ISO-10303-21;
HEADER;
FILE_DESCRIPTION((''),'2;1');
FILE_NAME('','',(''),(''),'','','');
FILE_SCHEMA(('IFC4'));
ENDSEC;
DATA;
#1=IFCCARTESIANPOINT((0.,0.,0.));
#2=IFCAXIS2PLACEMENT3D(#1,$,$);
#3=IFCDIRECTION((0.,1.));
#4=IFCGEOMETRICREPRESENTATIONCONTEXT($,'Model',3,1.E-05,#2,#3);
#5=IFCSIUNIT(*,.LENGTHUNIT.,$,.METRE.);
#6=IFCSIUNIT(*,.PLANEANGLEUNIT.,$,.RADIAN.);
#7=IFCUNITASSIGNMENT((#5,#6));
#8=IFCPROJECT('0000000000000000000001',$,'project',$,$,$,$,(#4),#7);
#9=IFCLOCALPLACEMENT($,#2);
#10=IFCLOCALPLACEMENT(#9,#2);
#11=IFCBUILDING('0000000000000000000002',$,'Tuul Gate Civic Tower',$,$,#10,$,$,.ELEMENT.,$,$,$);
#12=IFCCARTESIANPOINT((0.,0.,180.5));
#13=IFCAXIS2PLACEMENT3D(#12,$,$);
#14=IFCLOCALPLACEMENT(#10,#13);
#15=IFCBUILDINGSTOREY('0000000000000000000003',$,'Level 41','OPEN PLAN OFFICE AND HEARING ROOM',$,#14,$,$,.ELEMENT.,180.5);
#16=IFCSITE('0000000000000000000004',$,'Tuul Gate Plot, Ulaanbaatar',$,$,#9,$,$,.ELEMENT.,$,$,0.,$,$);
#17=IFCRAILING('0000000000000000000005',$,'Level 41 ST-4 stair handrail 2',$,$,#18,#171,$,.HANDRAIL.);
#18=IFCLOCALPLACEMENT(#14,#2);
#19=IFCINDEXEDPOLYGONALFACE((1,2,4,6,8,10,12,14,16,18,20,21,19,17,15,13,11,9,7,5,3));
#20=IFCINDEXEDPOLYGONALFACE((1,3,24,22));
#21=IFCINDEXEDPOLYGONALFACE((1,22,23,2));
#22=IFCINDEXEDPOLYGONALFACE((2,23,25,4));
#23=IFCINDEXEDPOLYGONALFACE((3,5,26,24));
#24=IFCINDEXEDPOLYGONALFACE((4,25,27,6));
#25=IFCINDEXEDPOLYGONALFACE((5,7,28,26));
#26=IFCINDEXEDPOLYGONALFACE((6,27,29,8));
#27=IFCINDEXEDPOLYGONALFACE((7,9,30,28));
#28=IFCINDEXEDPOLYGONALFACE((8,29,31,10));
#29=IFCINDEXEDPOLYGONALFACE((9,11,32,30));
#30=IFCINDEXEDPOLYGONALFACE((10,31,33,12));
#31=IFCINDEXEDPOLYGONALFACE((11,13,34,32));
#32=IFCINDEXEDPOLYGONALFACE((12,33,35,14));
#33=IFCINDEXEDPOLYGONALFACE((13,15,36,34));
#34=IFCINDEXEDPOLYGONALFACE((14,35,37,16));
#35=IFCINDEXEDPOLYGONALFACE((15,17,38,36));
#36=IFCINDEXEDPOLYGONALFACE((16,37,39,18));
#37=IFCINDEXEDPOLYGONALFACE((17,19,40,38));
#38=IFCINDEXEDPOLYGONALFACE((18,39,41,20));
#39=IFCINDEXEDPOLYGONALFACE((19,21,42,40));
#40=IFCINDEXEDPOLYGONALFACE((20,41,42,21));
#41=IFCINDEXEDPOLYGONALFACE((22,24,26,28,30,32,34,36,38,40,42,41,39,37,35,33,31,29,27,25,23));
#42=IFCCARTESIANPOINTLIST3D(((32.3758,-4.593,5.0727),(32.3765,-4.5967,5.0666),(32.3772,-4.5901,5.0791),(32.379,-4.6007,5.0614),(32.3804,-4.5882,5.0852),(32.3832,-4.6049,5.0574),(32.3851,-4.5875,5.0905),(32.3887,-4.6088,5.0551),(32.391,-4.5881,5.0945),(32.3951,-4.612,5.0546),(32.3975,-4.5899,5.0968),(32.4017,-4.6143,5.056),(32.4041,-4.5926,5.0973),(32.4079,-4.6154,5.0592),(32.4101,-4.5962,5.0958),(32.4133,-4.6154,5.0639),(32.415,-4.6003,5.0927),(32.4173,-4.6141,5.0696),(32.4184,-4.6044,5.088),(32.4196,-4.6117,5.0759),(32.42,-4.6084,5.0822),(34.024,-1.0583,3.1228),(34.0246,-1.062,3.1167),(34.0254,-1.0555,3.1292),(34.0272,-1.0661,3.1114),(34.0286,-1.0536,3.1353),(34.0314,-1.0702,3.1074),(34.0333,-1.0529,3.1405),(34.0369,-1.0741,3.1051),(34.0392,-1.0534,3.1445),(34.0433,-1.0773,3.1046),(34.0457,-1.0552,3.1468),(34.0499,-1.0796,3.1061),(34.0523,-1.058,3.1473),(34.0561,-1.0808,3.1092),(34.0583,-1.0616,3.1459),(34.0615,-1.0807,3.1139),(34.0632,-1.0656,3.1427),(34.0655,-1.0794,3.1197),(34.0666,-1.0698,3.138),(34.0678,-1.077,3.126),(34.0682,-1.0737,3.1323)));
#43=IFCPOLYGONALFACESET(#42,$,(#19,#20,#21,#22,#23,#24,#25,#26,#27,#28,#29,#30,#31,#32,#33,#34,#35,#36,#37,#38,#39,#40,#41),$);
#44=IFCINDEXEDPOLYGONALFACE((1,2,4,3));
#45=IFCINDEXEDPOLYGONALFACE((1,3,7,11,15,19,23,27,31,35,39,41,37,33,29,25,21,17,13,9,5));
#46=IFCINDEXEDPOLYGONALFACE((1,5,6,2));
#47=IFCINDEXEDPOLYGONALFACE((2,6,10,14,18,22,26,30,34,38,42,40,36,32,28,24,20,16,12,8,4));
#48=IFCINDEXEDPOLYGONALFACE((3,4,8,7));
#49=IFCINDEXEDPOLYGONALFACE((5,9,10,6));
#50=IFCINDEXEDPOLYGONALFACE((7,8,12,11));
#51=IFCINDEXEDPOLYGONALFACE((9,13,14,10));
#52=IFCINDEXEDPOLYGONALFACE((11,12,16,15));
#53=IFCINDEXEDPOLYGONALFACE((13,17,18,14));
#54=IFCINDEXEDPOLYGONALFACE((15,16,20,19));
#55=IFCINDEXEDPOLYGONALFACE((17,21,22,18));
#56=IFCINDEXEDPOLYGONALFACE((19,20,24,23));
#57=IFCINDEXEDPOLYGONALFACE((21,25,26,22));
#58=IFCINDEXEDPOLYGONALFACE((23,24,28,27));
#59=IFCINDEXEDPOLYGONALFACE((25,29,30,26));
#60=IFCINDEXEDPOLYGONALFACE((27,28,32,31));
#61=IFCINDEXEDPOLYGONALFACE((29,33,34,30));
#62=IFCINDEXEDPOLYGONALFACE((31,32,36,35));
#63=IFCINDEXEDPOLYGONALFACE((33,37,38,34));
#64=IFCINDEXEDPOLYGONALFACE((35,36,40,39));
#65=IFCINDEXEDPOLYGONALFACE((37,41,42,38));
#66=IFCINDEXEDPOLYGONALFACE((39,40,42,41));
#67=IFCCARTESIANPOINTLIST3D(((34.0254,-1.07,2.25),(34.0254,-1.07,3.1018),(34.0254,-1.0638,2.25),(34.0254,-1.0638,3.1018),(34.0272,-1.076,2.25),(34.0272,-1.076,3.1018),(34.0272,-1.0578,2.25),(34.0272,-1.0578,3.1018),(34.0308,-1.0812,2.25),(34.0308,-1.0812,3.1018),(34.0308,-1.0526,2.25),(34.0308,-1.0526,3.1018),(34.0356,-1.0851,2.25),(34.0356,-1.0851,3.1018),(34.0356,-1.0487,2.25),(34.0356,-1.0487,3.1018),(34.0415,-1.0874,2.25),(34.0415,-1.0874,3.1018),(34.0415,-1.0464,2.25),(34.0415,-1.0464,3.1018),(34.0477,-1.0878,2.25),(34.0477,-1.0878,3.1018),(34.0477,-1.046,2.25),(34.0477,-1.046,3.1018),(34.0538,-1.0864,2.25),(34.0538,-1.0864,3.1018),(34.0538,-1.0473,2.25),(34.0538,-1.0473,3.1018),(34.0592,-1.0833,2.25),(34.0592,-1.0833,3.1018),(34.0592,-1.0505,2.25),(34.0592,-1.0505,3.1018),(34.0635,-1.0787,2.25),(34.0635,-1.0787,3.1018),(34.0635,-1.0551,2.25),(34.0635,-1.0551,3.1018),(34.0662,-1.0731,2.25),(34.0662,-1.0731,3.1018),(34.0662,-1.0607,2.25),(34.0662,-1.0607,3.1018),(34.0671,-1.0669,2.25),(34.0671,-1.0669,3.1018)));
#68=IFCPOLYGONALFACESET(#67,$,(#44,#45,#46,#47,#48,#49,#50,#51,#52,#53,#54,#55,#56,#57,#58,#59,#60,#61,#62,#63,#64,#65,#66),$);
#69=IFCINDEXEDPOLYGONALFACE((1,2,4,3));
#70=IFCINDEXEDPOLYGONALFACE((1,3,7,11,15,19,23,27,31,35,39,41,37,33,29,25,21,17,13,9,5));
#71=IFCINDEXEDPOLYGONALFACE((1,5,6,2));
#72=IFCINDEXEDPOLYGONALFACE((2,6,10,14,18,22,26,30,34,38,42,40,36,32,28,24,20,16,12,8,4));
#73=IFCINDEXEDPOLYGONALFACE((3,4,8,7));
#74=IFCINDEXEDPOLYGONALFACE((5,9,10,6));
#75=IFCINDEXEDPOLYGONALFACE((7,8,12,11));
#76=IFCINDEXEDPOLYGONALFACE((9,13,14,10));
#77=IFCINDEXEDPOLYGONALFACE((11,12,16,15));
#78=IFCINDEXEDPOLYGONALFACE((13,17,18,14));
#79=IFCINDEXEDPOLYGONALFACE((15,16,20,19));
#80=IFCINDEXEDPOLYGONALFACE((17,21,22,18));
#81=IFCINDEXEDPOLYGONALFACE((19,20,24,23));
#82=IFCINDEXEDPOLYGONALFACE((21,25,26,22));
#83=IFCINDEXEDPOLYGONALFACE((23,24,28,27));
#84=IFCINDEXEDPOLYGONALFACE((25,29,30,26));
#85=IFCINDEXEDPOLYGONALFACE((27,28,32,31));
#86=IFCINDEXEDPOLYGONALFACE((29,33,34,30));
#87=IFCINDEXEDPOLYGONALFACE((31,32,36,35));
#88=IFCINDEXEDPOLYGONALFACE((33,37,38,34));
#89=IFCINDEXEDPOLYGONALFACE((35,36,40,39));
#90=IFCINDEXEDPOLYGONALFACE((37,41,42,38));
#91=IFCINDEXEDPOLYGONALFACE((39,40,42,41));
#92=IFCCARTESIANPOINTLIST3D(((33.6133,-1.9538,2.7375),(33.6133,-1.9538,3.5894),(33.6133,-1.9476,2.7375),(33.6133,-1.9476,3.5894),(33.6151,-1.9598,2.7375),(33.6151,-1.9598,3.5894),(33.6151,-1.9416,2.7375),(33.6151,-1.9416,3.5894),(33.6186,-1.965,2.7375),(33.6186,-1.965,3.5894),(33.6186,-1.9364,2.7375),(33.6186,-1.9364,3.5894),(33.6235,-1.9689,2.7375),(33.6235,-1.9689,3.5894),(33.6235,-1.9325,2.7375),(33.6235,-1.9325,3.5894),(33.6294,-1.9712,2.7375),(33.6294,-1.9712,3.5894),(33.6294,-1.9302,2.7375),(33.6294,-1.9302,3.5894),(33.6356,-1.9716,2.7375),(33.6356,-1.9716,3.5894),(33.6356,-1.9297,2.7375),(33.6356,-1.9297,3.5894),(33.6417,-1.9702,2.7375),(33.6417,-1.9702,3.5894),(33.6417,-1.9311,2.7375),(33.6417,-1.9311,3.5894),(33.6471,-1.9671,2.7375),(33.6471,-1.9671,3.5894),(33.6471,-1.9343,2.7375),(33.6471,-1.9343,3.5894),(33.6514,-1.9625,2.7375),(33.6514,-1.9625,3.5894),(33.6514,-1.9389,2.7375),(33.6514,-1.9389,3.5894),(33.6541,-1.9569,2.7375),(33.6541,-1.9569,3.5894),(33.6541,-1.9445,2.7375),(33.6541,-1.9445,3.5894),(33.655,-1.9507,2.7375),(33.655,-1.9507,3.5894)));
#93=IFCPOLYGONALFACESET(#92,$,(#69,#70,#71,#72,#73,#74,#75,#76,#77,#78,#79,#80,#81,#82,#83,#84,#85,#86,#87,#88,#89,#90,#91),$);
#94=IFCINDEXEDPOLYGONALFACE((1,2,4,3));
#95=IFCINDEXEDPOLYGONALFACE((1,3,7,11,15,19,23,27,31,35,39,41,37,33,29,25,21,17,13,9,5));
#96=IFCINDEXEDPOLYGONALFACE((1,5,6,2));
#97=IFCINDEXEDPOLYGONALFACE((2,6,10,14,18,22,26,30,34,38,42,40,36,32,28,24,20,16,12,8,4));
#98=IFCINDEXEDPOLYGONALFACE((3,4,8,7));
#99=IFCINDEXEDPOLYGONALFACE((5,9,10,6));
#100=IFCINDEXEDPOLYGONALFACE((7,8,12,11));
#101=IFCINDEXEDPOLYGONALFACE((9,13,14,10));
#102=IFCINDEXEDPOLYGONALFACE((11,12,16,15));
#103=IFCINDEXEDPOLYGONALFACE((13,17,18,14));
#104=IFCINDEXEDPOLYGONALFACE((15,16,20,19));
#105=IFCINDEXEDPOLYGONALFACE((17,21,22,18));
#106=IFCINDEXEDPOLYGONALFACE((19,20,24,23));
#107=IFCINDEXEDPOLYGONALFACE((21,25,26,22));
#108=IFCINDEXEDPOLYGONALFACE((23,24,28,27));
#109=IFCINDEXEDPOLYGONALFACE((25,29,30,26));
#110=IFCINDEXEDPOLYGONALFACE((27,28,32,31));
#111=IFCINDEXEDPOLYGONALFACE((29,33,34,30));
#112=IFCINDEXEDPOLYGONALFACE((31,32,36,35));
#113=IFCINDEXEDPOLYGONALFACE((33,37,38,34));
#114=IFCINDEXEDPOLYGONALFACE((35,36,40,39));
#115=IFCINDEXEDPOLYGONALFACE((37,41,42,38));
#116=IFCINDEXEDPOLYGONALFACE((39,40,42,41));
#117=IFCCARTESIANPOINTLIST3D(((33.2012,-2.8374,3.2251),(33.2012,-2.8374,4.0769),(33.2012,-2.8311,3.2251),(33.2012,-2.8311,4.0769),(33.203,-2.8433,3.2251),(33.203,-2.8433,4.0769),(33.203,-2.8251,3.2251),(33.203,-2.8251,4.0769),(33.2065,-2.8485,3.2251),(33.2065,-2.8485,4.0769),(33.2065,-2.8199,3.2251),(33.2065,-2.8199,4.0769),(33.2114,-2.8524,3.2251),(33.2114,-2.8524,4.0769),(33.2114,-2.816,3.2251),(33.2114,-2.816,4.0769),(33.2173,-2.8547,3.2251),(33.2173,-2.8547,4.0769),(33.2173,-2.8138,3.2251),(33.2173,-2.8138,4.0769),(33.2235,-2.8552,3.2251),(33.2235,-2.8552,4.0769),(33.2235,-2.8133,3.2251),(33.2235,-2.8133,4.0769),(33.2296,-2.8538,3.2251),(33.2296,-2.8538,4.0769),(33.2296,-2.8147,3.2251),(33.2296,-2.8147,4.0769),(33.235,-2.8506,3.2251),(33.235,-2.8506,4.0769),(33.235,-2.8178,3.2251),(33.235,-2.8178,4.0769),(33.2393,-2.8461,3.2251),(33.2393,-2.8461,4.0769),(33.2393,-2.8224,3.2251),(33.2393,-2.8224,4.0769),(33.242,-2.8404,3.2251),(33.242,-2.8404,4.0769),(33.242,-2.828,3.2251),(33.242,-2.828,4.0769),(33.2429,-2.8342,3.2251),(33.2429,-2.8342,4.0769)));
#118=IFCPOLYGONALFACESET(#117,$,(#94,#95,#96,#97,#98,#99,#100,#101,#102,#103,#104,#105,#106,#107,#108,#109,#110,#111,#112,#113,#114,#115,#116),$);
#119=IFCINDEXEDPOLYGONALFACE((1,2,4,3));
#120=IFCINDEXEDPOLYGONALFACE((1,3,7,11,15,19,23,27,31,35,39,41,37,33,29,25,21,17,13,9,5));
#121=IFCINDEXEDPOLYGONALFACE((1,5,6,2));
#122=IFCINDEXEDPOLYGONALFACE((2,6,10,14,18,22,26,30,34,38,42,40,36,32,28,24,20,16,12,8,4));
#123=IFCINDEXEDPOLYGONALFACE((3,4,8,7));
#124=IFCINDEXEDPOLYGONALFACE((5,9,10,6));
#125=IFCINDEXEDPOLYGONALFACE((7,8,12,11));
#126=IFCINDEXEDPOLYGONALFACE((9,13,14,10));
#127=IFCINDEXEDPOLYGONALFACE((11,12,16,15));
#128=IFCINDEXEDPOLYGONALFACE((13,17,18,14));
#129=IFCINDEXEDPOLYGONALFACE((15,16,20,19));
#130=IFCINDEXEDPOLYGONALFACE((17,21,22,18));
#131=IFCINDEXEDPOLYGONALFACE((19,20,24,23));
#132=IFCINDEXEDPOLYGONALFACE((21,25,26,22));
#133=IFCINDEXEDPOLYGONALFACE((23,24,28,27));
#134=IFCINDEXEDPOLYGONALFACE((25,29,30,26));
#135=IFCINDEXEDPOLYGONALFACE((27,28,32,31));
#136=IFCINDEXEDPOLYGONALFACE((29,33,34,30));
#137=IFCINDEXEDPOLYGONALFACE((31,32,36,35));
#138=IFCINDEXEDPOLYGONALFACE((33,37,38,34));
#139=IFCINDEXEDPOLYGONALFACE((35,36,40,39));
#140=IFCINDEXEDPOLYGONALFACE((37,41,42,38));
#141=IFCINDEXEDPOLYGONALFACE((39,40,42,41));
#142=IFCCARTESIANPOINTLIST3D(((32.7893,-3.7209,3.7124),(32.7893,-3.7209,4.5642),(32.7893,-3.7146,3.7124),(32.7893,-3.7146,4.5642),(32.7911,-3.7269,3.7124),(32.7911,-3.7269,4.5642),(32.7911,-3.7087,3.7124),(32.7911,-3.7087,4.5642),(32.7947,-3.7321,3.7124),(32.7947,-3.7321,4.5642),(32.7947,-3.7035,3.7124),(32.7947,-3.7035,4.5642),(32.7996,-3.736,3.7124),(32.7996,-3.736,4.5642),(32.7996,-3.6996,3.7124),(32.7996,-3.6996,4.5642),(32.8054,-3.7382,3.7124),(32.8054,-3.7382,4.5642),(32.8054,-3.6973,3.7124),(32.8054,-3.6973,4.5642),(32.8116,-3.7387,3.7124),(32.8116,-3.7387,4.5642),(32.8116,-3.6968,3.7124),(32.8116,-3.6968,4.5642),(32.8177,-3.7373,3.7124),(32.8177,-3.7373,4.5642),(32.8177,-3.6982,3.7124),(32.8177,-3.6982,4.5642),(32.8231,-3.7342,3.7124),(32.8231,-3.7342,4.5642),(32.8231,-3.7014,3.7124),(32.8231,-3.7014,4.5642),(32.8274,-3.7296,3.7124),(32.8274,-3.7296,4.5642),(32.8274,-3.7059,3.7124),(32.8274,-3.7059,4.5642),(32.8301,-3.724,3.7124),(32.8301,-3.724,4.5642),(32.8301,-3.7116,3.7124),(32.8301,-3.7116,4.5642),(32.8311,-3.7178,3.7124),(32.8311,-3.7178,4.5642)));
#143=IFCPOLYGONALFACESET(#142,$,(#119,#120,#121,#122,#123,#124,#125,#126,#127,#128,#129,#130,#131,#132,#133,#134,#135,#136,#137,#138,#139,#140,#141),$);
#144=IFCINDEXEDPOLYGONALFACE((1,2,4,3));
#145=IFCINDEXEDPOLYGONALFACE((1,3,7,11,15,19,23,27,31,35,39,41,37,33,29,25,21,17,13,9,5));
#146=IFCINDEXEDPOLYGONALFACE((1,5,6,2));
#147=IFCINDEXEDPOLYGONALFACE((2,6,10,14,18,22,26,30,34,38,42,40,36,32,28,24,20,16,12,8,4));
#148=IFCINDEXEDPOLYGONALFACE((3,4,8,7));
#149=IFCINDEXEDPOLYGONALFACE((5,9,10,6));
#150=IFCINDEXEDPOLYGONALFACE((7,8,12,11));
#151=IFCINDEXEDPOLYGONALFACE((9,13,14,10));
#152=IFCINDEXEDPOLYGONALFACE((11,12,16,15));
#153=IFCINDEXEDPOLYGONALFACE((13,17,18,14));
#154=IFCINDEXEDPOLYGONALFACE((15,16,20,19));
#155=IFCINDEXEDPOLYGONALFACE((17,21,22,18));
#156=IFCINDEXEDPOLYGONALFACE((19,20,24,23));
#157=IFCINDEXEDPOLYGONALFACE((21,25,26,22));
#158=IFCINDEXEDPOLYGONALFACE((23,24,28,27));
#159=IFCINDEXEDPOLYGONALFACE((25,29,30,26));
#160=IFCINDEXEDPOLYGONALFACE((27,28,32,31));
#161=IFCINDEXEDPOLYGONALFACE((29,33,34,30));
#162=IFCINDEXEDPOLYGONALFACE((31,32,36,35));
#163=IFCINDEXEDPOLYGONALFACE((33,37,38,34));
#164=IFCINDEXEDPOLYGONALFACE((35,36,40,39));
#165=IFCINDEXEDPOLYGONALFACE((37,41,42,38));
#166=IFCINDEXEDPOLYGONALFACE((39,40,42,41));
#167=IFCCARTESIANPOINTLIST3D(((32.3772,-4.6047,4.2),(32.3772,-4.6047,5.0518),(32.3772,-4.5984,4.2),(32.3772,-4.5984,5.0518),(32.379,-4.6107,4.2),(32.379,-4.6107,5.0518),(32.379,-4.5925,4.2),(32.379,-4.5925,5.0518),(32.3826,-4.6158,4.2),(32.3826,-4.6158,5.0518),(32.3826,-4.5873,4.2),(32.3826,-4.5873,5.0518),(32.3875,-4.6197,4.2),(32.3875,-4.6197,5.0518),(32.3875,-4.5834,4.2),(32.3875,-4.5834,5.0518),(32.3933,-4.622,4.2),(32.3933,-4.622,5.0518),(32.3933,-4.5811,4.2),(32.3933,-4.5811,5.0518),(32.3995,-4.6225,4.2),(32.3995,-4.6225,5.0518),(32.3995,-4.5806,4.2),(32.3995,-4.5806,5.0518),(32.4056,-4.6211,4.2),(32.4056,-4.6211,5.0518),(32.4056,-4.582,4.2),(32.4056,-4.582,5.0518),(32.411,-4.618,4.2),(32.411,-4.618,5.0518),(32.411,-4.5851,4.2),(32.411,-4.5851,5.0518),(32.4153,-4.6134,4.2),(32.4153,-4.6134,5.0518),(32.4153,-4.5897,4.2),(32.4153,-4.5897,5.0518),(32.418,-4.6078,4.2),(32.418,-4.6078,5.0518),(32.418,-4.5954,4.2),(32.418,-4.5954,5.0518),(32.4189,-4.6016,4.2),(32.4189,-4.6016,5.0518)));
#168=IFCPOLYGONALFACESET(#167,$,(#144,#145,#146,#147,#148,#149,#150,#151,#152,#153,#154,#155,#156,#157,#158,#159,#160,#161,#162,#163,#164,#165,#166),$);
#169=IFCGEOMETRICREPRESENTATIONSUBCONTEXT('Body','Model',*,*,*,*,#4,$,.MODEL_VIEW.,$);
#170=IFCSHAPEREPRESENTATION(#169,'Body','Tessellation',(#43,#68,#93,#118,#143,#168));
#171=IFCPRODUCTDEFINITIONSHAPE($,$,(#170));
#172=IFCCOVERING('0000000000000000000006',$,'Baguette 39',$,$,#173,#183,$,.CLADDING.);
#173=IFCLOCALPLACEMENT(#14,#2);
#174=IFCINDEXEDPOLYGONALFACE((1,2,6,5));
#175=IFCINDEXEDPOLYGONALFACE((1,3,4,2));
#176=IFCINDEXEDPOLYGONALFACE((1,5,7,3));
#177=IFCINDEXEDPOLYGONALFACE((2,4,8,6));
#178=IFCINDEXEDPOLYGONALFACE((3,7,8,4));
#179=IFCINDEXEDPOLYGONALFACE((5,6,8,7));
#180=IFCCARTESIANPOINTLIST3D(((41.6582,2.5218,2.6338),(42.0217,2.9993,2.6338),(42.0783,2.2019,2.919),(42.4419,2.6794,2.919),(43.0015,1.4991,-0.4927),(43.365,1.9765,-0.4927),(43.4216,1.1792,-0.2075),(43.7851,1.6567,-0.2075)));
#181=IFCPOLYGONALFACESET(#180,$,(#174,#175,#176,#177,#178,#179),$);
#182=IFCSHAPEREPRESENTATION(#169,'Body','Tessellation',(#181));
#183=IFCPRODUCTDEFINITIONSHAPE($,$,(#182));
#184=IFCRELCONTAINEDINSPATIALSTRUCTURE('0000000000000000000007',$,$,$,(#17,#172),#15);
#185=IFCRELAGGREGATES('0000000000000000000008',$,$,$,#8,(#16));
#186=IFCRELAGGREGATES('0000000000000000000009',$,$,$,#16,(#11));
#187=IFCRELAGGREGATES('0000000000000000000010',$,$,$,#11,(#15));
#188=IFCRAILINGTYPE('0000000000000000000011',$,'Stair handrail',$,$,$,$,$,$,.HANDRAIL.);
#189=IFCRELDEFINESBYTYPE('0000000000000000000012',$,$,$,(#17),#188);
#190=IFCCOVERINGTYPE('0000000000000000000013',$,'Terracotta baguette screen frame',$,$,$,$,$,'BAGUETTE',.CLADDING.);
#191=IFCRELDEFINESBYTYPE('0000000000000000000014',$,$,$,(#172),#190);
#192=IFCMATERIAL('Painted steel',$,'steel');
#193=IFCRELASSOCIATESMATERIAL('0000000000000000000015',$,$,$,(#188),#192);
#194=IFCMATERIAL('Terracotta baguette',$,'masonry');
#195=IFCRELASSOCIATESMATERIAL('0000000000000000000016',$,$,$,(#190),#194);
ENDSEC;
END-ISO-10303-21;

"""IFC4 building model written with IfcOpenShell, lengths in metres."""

from ifc_helpers import new_model, si_unit, direction, frame, origin, origin_2d, place, context, subcontext, project, spatial, rectangle, circle, extrude, material, material_profile, profile_set, type_object, element, save


model = new_model("IFC4")

# Units and contexts
model_context = context("Model", 3, precision=1e-05, world=origin(), true_north=direction((0.0, 1.0)))
body_context = subcontext(model_context, "Body", "Model", "MODEL_VIEW")
ifc_project = project(units=[si_unit("LENGTHUNIT", "METRE"), si_unit("PLANEANGLEUNIT", "RADIAN")], contexts=[model_context])

# Site, building, storey
site_placement = place(None, origin())
site = spatial("IfcSite", under=ifc_project, at=site_placement, Name="Tuul Gate Plot, Ulaanbaatar", CompositionType="ELEMENT", RefElevation=0.0)
building_placement = place(site_placement, origin())
building = spatial("IfcBuilding", under=site, at=building_placement, Name="Tuul Gate Civic Tower", CompositionType="ELEMENT")
storey_placement = place(building_placement, frame((0.0, 0.0, 180.5)))
storey = spatial("IfcBuildingStorey", under=building, at=storey_placement, Name="Level 41", Description="OPEN PLAN OFFICE AND HEARING ROOM", CompositionType="ELEMENT", Elevation=180.5)

# Railing
ifc_material_1 = material(Name="Painted steel", Category="steel")
railing_type_1 = type_object("IfcRailingType", Name="Stair handrail", PredefinedType="HANDRAIL", material=ifc_material_1)
railing_1_placement = place(storey_placement, frame((34.0461, -1.0669, 2.25)))
element("IfcRailing", 1, at=railing_1_placement, inside=storey, type_object=railing_type_1, Name="Level 41 ST-4 stair handrail 2", PredefinedType="HANDRAIL", context=body_context, shape_type="SweptSolid", body=[
    extrude(circle(Radius=0.0239, at=origin_2d()), frame((0.0, 0.0, 0.876), z_axis=(-0.377995, -0.810637, 0.4472), x_axis=(0.906313, -0.422608, 0.0)), (0.0, 0.0, 1.0), 4.3604),
    extrude(circle(Radius=0.021, at=origin_2d()), origin(), (0.0, 0.0, 1.0), 0.8518),
    extrude(circle(Radius=0.021, at=origin_2d()), frame((-0.4121, -0.8838, 0.4875)), (0.0, 0.0, 1.0), 0.8518),
    extrude(circle(Radius=0.021, at=origin_2d()), frame((-0.8242, -1.7673, 0.9751)), (0.0, 0.0, 1.0), 0.8518),
    extrude(circle(Radius=0.021, at=origin_2d()), frame((-1.2361, -2.6509, 1.4624)), (0.0, 0.0, 1.0), 0.8518),
    extrude(circle(Radius=0.021, at=origin_2d()), frame((-1.6482, -3.5347, 1.95)), (0.0, 0.0, 1.0), 0.8518),
])

# Covering
ifc_material_2 = material(Name="Terracotta baguette", Category="masonry")
ifc_material_profile_1 = material_profile(ifc_material_2, rectangle(XDim=0.6001, YDim=0.6001, at=origin_2d()), Name="Terracotta baguette screen frame")
ifc_profile_set_1 = profile_set([ifc_material_profile_1], Name="Terracotta baguette")
covering_type = type_object("IfcCoveringType", Name="Terracotta baguette screen frame", ElementType="BAGUETTE", PredefinedType="CLADDING", material=ifc_profile_set_1)
covering_placement = place(storey_placement, frame((43.3933, 1.5779, -0.3501), z_axis=(-0.378045, 0.287828, 0.879907), x_axis=(-0.605769, -0.795641, 0.0)))
element("IfcCovering", 2, at=covering_placement, inside=storey, type_object=covering_type, Name="Baguette 39", PredefinedType="CLADDING", context=body_context, shape_type="SweptSolid", body=[
    extrude(rectangle(XDim=0.6001, YDim=0.6001, at=origin_2d()), origin(), (0.0, 0.0, 1.0), 3.5532),
])

save(model, "model.ifc")
